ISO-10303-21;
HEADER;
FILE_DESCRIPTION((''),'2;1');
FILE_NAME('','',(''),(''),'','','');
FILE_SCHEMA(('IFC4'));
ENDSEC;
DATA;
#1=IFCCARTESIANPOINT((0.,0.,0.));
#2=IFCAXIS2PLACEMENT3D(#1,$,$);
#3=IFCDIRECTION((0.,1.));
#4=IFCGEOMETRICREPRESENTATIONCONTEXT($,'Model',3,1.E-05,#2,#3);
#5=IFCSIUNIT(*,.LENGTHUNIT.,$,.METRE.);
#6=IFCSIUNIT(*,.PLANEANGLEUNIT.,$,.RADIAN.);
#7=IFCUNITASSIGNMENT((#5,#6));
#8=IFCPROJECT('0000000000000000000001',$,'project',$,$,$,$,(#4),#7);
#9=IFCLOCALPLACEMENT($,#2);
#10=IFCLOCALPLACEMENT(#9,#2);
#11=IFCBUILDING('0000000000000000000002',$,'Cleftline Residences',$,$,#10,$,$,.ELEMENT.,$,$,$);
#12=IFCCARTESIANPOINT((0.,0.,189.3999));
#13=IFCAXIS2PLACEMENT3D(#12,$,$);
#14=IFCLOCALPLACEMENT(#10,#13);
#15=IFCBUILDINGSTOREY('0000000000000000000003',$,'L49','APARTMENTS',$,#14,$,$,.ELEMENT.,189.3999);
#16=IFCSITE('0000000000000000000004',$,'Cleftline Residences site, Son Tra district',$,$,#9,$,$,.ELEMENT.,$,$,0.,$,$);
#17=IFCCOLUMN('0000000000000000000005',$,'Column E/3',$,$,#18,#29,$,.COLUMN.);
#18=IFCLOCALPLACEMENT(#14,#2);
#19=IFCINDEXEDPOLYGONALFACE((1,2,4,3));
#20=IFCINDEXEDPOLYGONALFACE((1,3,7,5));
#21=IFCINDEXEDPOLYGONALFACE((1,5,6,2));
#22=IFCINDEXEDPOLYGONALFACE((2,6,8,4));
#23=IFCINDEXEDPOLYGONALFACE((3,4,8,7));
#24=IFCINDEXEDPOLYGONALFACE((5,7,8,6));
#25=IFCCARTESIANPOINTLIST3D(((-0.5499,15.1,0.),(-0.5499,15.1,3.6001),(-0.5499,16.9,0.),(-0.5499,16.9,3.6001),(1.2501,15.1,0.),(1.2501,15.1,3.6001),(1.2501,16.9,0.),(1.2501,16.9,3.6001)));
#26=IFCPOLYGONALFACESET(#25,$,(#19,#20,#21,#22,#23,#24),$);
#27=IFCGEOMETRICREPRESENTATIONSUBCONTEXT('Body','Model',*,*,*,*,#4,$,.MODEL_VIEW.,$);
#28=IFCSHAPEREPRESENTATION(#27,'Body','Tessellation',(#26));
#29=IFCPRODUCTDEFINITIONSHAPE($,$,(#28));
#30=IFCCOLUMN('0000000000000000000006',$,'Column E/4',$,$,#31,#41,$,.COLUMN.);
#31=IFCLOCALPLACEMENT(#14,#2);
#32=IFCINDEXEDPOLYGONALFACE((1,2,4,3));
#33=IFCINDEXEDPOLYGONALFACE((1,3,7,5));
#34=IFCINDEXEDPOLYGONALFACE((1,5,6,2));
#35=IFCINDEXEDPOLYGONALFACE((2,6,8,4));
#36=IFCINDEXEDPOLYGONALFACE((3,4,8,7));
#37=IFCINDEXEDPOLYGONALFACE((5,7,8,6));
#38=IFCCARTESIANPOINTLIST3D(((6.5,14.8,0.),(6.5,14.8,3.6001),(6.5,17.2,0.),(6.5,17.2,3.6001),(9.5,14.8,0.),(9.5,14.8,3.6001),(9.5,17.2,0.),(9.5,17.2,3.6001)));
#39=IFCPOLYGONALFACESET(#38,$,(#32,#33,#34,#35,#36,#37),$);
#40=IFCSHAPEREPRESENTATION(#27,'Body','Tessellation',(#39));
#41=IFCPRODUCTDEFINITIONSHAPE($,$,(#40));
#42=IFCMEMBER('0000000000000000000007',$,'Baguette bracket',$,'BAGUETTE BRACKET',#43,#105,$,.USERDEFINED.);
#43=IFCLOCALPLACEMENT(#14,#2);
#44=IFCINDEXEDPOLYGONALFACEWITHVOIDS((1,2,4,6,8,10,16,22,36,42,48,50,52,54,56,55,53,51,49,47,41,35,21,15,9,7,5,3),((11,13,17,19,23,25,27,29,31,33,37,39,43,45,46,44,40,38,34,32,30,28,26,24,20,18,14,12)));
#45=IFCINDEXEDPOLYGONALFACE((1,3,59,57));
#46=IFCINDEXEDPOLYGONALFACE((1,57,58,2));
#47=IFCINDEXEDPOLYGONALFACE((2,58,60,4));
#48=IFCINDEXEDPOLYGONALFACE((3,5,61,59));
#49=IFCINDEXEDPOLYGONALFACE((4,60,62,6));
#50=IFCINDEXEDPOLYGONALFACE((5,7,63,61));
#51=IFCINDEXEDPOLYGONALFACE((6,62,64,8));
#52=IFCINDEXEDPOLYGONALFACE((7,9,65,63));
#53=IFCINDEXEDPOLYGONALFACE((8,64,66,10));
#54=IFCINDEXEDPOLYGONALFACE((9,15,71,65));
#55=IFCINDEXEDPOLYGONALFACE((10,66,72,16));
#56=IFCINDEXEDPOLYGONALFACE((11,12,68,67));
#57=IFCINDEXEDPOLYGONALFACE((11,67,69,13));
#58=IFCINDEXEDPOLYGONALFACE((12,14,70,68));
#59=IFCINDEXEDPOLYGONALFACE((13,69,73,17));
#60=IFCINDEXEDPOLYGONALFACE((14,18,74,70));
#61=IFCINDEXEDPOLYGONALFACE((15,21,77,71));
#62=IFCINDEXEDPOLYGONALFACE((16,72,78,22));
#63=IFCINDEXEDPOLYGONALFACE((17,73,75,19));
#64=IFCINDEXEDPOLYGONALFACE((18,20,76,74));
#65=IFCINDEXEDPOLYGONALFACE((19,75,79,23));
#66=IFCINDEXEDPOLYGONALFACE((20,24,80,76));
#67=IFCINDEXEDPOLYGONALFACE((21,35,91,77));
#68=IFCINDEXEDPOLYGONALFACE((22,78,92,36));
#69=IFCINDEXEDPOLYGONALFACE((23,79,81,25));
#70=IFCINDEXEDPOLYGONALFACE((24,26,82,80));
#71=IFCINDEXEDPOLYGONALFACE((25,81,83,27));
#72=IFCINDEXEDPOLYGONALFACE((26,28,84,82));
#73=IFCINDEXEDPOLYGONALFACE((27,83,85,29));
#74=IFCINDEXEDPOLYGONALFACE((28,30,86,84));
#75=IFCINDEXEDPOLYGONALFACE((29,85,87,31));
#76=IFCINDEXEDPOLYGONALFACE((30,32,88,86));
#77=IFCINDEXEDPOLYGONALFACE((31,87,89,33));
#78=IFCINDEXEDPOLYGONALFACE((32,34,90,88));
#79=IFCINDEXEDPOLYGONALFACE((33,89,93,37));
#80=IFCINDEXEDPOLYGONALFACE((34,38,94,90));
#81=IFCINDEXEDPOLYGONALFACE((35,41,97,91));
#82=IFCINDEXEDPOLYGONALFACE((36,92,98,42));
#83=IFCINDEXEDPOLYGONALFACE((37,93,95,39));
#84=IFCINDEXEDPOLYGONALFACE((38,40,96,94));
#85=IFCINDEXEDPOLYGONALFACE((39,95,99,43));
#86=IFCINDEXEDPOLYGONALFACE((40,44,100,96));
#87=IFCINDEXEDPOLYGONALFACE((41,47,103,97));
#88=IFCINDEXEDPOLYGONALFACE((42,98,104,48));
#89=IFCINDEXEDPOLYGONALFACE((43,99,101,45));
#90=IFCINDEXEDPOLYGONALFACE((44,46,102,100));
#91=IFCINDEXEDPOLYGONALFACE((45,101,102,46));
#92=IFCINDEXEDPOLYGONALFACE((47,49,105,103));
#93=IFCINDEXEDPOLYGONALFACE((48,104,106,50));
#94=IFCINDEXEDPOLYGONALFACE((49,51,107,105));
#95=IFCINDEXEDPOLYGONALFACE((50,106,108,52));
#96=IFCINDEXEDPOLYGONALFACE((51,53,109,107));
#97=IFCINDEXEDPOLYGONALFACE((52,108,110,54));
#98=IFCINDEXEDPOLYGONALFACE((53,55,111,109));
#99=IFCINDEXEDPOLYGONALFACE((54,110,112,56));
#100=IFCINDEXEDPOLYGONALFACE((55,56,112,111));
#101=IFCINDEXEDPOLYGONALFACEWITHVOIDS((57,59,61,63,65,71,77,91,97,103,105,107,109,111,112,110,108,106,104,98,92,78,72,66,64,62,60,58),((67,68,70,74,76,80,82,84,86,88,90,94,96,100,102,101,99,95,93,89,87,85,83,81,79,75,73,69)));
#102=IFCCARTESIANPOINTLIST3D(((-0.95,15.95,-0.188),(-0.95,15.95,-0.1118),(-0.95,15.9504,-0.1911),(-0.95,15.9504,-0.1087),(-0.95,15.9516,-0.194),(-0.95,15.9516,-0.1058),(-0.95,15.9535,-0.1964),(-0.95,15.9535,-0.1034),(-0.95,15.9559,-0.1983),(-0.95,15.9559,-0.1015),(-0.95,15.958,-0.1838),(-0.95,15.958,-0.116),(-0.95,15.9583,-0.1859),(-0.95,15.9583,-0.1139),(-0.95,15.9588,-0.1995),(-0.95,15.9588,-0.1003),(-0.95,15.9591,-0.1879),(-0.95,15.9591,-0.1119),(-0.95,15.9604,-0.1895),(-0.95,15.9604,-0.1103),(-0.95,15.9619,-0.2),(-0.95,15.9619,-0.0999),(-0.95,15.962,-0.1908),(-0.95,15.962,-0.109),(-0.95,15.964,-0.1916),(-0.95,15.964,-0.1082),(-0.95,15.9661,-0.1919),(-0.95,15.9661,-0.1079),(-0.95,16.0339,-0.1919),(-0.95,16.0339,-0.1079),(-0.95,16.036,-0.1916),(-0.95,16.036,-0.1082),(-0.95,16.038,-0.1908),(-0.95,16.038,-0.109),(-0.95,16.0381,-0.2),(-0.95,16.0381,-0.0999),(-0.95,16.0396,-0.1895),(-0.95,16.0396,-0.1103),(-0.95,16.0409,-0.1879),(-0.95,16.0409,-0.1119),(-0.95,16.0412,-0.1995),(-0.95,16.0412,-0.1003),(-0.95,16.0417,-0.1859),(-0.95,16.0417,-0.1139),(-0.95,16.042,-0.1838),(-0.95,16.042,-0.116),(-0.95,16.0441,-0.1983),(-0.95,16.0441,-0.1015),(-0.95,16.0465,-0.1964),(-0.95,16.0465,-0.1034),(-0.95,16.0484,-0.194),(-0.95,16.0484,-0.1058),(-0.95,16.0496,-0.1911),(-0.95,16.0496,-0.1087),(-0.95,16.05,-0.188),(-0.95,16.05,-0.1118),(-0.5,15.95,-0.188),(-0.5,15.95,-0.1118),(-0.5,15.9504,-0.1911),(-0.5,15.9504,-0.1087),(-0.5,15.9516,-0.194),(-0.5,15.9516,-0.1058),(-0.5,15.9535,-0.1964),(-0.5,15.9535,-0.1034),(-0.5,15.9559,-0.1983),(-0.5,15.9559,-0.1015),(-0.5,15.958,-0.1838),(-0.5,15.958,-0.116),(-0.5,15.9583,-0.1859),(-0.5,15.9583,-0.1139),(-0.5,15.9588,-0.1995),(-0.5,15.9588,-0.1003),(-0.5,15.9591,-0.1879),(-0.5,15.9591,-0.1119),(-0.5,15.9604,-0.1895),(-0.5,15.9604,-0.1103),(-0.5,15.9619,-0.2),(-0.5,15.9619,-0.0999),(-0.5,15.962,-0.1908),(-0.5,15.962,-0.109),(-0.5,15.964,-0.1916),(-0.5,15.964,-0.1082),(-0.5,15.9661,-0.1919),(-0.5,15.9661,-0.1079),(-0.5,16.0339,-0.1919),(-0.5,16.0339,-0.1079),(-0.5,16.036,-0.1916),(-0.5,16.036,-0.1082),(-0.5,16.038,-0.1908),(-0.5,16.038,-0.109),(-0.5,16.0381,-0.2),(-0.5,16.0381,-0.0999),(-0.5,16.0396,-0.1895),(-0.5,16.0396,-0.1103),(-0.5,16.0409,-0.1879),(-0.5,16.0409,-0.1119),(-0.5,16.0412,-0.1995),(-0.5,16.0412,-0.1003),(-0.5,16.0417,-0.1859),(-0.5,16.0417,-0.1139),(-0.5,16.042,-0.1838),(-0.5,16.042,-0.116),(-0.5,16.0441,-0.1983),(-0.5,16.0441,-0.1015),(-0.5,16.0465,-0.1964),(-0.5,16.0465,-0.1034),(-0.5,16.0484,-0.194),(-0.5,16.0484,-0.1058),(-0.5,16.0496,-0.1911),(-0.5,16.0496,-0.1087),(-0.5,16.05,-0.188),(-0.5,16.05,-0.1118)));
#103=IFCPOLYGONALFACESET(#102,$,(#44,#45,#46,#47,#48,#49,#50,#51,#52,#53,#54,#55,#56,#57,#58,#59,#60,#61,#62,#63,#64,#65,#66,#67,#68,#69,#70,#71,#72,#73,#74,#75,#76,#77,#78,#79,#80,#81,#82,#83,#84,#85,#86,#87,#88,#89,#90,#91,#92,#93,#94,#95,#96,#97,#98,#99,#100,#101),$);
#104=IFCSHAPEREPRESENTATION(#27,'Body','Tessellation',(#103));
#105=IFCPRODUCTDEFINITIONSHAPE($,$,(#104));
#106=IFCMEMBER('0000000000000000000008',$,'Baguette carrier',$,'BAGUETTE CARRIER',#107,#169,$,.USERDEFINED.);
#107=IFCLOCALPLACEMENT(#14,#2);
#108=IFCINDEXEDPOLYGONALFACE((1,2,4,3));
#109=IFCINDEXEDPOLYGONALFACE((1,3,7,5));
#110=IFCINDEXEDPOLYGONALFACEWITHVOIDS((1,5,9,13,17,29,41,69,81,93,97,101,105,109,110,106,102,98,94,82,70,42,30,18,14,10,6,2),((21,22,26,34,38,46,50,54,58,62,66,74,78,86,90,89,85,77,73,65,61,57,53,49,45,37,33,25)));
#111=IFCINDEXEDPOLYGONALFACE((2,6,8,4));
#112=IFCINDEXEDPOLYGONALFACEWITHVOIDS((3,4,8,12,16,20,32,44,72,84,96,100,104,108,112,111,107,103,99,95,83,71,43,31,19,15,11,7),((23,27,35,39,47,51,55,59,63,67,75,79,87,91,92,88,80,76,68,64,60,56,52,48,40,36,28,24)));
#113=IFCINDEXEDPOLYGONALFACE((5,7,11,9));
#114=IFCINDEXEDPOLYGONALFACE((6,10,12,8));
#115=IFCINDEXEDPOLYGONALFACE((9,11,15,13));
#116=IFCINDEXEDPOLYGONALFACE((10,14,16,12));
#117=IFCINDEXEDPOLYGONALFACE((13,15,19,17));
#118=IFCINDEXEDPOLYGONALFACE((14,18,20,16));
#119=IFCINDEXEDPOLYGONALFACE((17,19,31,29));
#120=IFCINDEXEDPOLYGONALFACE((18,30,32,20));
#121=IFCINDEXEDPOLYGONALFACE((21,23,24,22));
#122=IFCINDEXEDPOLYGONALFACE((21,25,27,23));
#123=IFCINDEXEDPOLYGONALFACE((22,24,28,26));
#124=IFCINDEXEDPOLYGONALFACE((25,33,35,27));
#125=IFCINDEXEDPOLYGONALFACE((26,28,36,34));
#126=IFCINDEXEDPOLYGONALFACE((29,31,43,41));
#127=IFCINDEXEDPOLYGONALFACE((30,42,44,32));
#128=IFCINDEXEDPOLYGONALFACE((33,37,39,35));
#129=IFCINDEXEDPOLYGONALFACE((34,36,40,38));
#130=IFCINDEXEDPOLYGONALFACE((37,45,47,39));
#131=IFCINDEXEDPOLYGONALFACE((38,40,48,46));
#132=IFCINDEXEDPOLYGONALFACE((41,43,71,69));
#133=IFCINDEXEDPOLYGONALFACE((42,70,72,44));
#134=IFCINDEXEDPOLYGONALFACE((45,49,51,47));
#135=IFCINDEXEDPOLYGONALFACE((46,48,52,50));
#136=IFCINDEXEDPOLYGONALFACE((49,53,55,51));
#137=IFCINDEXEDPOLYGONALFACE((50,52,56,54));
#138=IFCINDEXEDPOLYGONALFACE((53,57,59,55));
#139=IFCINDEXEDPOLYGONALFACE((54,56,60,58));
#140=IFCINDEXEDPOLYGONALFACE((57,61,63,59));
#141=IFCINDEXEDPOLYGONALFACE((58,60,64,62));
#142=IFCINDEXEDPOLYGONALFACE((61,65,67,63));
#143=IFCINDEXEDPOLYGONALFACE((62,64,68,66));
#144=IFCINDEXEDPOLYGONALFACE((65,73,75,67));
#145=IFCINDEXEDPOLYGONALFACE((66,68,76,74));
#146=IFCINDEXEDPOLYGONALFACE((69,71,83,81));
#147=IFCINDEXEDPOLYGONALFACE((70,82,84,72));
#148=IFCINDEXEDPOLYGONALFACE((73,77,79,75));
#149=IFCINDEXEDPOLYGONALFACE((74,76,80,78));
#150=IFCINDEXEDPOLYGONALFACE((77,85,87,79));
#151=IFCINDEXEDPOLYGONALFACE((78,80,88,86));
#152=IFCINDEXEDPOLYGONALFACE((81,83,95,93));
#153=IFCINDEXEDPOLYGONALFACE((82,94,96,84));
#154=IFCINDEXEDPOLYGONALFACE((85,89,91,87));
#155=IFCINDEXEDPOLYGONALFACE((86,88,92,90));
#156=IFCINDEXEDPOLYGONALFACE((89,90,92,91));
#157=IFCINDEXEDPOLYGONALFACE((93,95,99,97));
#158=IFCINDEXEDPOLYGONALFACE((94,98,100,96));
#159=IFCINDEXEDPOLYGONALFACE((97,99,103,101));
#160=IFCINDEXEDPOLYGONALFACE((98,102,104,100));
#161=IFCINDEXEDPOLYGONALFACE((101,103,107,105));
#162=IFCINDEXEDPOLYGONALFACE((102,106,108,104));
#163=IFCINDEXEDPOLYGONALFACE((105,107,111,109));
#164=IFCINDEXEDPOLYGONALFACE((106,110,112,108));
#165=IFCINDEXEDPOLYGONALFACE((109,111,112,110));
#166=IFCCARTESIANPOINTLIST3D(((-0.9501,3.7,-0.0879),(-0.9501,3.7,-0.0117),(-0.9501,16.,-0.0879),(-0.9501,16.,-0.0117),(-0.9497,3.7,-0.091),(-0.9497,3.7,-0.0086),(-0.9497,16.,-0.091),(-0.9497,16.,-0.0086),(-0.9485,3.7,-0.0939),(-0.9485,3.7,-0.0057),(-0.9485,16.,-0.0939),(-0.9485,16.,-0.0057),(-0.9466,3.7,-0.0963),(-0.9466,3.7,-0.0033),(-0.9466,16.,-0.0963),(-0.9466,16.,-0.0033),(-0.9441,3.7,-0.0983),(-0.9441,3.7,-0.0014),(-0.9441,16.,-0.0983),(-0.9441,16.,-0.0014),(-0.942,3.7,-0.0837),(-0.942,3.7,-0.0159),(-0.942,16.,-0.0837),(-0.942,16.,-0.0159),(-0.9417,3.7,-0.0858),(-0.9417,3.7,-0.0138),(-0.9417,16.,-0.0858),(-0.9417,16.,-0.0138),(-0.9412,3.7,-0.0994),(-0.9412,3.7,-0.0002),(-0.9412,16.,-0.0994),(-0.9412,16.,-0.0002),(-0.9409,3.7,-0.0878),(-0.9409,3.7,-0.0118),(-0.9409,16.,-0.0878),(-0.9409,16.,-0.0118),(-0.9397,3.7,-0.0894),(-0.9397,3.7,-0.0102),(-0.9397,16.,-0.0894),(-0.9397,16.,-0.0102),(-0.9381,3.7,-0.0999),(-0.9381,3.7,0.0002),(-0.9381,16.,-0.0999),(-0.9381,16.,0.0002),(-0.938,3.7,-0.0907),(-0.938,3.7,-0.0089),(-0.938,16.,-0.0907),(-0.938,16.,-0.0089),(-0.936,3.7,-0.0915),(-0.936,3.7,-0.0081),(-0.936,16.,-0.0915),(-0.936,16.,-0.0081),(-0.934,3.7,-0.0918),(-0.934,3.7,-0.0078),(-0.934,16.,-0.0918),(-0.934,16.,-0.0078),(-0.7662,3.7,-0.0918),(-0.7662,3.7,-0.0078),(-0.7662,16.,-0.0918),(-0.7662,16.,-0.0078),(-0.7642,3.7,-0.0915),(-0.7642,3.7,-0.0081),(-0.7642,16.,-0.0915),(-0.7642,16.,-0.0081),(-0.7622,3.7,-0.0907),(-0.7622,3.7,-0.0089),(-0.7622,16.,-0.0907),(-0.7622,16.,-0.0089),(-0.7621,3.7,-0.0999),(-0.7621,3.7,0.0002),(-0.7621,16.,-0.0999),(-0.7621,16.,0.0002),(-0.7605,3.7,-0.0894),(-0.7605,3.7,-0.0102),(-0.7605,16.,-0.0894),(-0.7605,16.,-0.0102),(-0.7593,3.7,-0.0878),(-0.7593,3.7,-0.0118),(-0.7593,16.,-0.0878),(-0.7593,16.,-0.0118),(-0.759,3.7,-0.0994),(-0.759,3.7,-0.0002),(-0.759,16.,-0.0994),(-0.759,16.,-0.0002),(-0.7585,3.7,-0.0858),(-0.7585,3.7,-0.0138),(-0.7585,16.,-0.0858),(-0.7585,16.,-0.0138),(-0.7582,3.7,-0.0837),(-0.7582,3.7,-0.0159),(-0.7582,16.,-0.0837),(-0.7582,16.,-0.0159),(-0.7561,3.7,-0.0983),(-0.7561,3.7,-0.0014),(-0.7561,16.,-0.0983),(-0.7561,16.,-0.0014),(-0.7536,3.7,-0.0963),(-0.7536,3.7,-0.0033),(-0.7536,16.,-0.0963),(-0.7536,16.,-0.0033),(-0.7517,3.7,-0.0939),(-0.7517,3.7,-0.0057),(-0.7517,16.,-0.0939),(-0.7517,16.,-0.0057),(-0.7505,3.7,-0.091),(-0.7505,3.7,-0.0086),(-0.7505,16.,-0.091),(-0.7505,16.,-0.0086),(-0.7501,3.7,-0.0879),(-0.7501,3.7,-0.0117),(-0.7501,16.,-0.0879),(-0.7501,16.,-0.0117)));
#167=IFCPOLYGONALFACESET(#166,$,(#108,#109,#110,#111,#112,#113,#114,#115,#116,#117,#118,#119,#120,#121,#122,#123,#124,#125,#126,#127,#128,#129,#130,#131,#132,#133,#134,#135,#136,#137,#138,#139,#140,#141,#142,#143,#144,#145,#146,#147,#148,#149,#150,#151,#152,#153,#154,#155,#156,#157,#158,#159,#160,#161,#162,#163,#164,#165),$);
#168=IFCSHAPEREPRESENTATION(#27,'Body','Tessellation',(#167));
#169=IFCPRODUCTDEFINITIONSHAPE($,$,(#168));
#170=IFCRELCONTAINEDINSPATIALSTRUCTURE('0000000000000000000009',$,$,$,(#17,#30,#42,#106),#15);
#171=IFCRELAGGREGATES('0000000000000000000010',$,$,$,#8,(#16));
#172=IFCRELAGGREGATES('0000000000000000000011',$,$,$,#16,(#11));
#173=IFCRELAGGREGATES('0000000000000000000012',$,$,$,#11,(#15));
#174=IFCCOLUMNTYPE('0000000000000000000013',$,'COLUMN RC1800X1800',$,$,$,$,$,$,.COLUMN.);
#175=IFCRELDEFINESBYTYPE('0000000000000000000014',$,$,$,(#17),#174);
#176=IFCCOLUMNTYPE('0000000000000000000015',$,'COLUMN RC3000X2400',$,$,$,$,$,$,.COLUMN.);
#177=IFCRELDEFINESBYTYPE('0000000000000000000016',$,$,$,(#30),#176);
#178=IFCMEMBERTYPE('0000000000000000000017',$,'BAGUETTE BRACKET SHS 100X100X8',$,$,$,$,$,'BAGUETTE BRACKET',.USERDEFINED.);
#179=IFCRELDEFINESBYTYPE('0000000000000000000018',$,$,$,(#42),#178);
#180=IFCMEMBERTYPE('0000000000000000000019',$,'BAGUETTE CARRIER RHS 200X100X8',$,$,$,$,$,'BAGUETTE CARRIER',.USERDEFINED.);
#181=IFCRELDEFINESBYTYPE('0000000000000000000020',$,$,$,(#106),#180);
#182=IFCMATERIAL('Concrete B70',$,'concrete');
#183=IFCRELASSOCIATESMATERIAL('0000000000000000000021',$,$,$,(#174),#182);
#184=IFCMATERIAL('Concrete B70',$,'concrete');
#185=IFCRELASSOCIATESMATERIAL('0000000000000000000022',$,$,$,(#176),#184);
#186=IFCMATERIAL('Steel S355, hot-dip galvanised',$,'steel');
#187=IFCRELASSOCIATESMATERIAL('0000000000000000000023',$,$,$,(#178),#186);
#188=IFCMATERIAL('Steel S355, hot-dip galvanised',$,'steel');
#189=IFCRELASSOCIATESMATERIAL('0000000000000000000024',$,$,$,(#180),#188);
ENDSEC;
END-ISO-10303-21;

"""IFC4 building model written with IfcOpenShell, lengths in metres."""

from ifc_helpers import new_model, si_unit, direction, frame, origin, origin_2d, place, context, subcontext, project, spatial, rectangle, hollow_rectangle, extrude, material, material_profile, profile_set, type_object, element, save


model = new_model("IFC4")

# Units and contexts
model_context = context("Model", 3, precision=1e-05, world=origin(), true_north=direction((0.0, 1.0)))
body_context = subcontext(model_context, "Body", "Model", "MODEL_VIEW")
ifc_project = project(units=[si_unit("LENGTHUNIT", "METRE"), si_unit("PLANEANGLEUNIT", "RADIAN")], contexts=[model_context])

# Site, building, storey
site_placement = place(None, origin())
site = spatial("IfcSite", under=ifc_project, at=site_placement, Name="Cleftline Residences site, Son Tra district", CompositionType="ELEMENT", RefElevation=0.0)
building_placement = place(site_placement, origin())
building = spatial("IfcBuilding", under=site, at=building_placement, Name="Cleftline Residences", CompositionType="ELEMENT")
storey_placement = place(building_placement, frame((0.0, 0.0, 189.3999)))
storey = spatial("IfcBuildingStorey", under=building, at=storey_placement, Name="L49", Description="APARTMENTS", CompositionType="ELEMENT", Elevation=189.3999)

# Columns
ifc_material_1 = material(Name="Concrete B70", Category="concrete")
ifc_material_profile_1 = material_profile(ifc_material_1, rectangle(XDim=1.8, YDim=1.8, at=origin_2d()))
ifc_profile_set_1 = profile_set([ifc_material_profile_1], Name="Concrete B70")
column_type_1 = type_object("IfcColumnType", Name="COLUMN RC1800X1800", PredefinedType="COLUMN", material=ifc_profile_set_1)
column_1_placement = place(storey_placement, frame((0.3501, 16.0, 0.0), z_axis=(0.0, 0.0, 1.0), x_axis=(1.0, 0.0, 0.0)))
element("IfcColumn", 1, at=column_1_placement, inside=storey, type_object=column_type_1, Name="Column E/3", PredefinedType="COLUMN", context=body_context, shape_type="SweptSolid", body=[
    extrude(rectangle(XDim=1.8, YDim=1.8, at=origin_2d()), origin(), (0.0, 0.0, 1.0), 3.6001),
])
ifc_material_2 = material(Name="Concrete B70", Category="concrete")
ifc_material_profile_2 = material_profile(ifc_material_2, rectangle(XDim=3.0, YDim=2.3999, at=origin_2d()))
ifc_profile_set_2 = profile_set([ifc_material_profile_2], Name="Concrete B70")
column_type_2 = type_object("IfcColumnType", Name="COLUMN RC3000X2400", PredefinedType="COLUMN", material=ifc_profile_set_2)
column_2_placement = place(storey_placement, frame((8.0, 16.0, 0.0), z_axis=(0.0, 0.0, 1.0), x_axis=(1.0, 0.0, 0.0)))
element("IfcColumn", 2, at=column_2_placement, inside=storey, type_object=column_type_2, Name="Column E/4", PredefinedType="COLUMN", context=body_context, shape_type="SweptSolid", body=[
    extrude(rectangle(XDim=3.0, YDim=2.3999, at=origin_2d()), origin(), (0.0, 0.0, 1.0), 3.6001),
])

# Members
ifc_material_3 = material(Name="Steel S355, hot-dip galvanised", Category="steel")
ifc_material_profile_3 = material_profile(ifc_material_3, hollow_rectangle(XDim=0.1001, YDim=0.1001, WallThickness=0.0081, InnerFilletRadius=0.0081, OuterFilletRadius=0.012, at=origin_2d()))
ifc_profile_set_3 = profile_set([ifc_material_profile_3], Name="Steel S355, hot-dip galvanised")
member_type_1 = type_object("IfcMemberType", Name="BAGUETTE BRACKET SHS 100X100X8", ElementType="BAGUETTE BRACKET", PredefinedType="USERDEFINED", material=ifc_profile_set_3)
member_1_placement = place(storey_placement, frame((-0.5, 16.0, -0.1499), z_axis=(-1.0, 0.0, 0.0), x_axis=(0.0, -1.0, 0.0)))
element("IfcMember", 3, at=member_1_placement, inside=storey, type_object=member_type_1, Name="Baguette bracket", ObjectType="BAGUETTE BRACKET", PredefinedType="USERDEFINED", context=body_context, shape_type="SweptSolid", body=[
    extrude(hollow_rectangle(XDim=0.1001, YDim=0.1001, WallThickness=0.0081, InnerFilletRadius=0.0081, OuterFilletRadius=0.012, at=origin_2d()), origin(), (0.0, 0.0, 1.0), 0.45),
])
ifc_material_4 = material(Name="Steel S355, hot-dip galvanised", Category="steel")
ifc_material_profile_4 = material_profile(ifc_material_4, hollow_rectangle(XDim=0.1001, YDim=0.2, WallThickness=0.0081, InnerFilletRadius=0.0081, OuterFilletRadius=0.012, at=origin_2d()))
ifc_profile_set_4 = profile_set([ifc_material_profile_4], Name="Steel S355, hot-dip galvanised")
member_type_2 = type_object("IfcMemberType", Name="BAGUETTE CARRIER RHS 200X100X8", ElementType="BAGUETTE CARRIER", PredefinedType="USERDEFINED", material=ifc_profile_set_4)
member_2_placement = place(storey_placement, frame((-0.8501, 16.0, -0.0498), z_axis=(0.0, -1.0, 0.0), x_axis=(0.0, 0.0, 1.0)))
element("IfcMember", 4, at=member_2_placement, inside=storey, type_object=member_type_2, Name="Baguette carrier", ObjectType="BAGUETTE CARRIER", PredefinedType="USERDEFINED", context=body_context, shape_type="SweptSolid", body=[
    extrude(hollow_rectangle(XDim=0.1001, YDim=0.2, WallThickness=0.0081, InnerFilletRadius=0.0081, OuterFilletRadius=0.012, at=origin_2d()), origin(), (0.0, 0.0, 1.0), 12.3),
])

save(model, "model.ifc")
